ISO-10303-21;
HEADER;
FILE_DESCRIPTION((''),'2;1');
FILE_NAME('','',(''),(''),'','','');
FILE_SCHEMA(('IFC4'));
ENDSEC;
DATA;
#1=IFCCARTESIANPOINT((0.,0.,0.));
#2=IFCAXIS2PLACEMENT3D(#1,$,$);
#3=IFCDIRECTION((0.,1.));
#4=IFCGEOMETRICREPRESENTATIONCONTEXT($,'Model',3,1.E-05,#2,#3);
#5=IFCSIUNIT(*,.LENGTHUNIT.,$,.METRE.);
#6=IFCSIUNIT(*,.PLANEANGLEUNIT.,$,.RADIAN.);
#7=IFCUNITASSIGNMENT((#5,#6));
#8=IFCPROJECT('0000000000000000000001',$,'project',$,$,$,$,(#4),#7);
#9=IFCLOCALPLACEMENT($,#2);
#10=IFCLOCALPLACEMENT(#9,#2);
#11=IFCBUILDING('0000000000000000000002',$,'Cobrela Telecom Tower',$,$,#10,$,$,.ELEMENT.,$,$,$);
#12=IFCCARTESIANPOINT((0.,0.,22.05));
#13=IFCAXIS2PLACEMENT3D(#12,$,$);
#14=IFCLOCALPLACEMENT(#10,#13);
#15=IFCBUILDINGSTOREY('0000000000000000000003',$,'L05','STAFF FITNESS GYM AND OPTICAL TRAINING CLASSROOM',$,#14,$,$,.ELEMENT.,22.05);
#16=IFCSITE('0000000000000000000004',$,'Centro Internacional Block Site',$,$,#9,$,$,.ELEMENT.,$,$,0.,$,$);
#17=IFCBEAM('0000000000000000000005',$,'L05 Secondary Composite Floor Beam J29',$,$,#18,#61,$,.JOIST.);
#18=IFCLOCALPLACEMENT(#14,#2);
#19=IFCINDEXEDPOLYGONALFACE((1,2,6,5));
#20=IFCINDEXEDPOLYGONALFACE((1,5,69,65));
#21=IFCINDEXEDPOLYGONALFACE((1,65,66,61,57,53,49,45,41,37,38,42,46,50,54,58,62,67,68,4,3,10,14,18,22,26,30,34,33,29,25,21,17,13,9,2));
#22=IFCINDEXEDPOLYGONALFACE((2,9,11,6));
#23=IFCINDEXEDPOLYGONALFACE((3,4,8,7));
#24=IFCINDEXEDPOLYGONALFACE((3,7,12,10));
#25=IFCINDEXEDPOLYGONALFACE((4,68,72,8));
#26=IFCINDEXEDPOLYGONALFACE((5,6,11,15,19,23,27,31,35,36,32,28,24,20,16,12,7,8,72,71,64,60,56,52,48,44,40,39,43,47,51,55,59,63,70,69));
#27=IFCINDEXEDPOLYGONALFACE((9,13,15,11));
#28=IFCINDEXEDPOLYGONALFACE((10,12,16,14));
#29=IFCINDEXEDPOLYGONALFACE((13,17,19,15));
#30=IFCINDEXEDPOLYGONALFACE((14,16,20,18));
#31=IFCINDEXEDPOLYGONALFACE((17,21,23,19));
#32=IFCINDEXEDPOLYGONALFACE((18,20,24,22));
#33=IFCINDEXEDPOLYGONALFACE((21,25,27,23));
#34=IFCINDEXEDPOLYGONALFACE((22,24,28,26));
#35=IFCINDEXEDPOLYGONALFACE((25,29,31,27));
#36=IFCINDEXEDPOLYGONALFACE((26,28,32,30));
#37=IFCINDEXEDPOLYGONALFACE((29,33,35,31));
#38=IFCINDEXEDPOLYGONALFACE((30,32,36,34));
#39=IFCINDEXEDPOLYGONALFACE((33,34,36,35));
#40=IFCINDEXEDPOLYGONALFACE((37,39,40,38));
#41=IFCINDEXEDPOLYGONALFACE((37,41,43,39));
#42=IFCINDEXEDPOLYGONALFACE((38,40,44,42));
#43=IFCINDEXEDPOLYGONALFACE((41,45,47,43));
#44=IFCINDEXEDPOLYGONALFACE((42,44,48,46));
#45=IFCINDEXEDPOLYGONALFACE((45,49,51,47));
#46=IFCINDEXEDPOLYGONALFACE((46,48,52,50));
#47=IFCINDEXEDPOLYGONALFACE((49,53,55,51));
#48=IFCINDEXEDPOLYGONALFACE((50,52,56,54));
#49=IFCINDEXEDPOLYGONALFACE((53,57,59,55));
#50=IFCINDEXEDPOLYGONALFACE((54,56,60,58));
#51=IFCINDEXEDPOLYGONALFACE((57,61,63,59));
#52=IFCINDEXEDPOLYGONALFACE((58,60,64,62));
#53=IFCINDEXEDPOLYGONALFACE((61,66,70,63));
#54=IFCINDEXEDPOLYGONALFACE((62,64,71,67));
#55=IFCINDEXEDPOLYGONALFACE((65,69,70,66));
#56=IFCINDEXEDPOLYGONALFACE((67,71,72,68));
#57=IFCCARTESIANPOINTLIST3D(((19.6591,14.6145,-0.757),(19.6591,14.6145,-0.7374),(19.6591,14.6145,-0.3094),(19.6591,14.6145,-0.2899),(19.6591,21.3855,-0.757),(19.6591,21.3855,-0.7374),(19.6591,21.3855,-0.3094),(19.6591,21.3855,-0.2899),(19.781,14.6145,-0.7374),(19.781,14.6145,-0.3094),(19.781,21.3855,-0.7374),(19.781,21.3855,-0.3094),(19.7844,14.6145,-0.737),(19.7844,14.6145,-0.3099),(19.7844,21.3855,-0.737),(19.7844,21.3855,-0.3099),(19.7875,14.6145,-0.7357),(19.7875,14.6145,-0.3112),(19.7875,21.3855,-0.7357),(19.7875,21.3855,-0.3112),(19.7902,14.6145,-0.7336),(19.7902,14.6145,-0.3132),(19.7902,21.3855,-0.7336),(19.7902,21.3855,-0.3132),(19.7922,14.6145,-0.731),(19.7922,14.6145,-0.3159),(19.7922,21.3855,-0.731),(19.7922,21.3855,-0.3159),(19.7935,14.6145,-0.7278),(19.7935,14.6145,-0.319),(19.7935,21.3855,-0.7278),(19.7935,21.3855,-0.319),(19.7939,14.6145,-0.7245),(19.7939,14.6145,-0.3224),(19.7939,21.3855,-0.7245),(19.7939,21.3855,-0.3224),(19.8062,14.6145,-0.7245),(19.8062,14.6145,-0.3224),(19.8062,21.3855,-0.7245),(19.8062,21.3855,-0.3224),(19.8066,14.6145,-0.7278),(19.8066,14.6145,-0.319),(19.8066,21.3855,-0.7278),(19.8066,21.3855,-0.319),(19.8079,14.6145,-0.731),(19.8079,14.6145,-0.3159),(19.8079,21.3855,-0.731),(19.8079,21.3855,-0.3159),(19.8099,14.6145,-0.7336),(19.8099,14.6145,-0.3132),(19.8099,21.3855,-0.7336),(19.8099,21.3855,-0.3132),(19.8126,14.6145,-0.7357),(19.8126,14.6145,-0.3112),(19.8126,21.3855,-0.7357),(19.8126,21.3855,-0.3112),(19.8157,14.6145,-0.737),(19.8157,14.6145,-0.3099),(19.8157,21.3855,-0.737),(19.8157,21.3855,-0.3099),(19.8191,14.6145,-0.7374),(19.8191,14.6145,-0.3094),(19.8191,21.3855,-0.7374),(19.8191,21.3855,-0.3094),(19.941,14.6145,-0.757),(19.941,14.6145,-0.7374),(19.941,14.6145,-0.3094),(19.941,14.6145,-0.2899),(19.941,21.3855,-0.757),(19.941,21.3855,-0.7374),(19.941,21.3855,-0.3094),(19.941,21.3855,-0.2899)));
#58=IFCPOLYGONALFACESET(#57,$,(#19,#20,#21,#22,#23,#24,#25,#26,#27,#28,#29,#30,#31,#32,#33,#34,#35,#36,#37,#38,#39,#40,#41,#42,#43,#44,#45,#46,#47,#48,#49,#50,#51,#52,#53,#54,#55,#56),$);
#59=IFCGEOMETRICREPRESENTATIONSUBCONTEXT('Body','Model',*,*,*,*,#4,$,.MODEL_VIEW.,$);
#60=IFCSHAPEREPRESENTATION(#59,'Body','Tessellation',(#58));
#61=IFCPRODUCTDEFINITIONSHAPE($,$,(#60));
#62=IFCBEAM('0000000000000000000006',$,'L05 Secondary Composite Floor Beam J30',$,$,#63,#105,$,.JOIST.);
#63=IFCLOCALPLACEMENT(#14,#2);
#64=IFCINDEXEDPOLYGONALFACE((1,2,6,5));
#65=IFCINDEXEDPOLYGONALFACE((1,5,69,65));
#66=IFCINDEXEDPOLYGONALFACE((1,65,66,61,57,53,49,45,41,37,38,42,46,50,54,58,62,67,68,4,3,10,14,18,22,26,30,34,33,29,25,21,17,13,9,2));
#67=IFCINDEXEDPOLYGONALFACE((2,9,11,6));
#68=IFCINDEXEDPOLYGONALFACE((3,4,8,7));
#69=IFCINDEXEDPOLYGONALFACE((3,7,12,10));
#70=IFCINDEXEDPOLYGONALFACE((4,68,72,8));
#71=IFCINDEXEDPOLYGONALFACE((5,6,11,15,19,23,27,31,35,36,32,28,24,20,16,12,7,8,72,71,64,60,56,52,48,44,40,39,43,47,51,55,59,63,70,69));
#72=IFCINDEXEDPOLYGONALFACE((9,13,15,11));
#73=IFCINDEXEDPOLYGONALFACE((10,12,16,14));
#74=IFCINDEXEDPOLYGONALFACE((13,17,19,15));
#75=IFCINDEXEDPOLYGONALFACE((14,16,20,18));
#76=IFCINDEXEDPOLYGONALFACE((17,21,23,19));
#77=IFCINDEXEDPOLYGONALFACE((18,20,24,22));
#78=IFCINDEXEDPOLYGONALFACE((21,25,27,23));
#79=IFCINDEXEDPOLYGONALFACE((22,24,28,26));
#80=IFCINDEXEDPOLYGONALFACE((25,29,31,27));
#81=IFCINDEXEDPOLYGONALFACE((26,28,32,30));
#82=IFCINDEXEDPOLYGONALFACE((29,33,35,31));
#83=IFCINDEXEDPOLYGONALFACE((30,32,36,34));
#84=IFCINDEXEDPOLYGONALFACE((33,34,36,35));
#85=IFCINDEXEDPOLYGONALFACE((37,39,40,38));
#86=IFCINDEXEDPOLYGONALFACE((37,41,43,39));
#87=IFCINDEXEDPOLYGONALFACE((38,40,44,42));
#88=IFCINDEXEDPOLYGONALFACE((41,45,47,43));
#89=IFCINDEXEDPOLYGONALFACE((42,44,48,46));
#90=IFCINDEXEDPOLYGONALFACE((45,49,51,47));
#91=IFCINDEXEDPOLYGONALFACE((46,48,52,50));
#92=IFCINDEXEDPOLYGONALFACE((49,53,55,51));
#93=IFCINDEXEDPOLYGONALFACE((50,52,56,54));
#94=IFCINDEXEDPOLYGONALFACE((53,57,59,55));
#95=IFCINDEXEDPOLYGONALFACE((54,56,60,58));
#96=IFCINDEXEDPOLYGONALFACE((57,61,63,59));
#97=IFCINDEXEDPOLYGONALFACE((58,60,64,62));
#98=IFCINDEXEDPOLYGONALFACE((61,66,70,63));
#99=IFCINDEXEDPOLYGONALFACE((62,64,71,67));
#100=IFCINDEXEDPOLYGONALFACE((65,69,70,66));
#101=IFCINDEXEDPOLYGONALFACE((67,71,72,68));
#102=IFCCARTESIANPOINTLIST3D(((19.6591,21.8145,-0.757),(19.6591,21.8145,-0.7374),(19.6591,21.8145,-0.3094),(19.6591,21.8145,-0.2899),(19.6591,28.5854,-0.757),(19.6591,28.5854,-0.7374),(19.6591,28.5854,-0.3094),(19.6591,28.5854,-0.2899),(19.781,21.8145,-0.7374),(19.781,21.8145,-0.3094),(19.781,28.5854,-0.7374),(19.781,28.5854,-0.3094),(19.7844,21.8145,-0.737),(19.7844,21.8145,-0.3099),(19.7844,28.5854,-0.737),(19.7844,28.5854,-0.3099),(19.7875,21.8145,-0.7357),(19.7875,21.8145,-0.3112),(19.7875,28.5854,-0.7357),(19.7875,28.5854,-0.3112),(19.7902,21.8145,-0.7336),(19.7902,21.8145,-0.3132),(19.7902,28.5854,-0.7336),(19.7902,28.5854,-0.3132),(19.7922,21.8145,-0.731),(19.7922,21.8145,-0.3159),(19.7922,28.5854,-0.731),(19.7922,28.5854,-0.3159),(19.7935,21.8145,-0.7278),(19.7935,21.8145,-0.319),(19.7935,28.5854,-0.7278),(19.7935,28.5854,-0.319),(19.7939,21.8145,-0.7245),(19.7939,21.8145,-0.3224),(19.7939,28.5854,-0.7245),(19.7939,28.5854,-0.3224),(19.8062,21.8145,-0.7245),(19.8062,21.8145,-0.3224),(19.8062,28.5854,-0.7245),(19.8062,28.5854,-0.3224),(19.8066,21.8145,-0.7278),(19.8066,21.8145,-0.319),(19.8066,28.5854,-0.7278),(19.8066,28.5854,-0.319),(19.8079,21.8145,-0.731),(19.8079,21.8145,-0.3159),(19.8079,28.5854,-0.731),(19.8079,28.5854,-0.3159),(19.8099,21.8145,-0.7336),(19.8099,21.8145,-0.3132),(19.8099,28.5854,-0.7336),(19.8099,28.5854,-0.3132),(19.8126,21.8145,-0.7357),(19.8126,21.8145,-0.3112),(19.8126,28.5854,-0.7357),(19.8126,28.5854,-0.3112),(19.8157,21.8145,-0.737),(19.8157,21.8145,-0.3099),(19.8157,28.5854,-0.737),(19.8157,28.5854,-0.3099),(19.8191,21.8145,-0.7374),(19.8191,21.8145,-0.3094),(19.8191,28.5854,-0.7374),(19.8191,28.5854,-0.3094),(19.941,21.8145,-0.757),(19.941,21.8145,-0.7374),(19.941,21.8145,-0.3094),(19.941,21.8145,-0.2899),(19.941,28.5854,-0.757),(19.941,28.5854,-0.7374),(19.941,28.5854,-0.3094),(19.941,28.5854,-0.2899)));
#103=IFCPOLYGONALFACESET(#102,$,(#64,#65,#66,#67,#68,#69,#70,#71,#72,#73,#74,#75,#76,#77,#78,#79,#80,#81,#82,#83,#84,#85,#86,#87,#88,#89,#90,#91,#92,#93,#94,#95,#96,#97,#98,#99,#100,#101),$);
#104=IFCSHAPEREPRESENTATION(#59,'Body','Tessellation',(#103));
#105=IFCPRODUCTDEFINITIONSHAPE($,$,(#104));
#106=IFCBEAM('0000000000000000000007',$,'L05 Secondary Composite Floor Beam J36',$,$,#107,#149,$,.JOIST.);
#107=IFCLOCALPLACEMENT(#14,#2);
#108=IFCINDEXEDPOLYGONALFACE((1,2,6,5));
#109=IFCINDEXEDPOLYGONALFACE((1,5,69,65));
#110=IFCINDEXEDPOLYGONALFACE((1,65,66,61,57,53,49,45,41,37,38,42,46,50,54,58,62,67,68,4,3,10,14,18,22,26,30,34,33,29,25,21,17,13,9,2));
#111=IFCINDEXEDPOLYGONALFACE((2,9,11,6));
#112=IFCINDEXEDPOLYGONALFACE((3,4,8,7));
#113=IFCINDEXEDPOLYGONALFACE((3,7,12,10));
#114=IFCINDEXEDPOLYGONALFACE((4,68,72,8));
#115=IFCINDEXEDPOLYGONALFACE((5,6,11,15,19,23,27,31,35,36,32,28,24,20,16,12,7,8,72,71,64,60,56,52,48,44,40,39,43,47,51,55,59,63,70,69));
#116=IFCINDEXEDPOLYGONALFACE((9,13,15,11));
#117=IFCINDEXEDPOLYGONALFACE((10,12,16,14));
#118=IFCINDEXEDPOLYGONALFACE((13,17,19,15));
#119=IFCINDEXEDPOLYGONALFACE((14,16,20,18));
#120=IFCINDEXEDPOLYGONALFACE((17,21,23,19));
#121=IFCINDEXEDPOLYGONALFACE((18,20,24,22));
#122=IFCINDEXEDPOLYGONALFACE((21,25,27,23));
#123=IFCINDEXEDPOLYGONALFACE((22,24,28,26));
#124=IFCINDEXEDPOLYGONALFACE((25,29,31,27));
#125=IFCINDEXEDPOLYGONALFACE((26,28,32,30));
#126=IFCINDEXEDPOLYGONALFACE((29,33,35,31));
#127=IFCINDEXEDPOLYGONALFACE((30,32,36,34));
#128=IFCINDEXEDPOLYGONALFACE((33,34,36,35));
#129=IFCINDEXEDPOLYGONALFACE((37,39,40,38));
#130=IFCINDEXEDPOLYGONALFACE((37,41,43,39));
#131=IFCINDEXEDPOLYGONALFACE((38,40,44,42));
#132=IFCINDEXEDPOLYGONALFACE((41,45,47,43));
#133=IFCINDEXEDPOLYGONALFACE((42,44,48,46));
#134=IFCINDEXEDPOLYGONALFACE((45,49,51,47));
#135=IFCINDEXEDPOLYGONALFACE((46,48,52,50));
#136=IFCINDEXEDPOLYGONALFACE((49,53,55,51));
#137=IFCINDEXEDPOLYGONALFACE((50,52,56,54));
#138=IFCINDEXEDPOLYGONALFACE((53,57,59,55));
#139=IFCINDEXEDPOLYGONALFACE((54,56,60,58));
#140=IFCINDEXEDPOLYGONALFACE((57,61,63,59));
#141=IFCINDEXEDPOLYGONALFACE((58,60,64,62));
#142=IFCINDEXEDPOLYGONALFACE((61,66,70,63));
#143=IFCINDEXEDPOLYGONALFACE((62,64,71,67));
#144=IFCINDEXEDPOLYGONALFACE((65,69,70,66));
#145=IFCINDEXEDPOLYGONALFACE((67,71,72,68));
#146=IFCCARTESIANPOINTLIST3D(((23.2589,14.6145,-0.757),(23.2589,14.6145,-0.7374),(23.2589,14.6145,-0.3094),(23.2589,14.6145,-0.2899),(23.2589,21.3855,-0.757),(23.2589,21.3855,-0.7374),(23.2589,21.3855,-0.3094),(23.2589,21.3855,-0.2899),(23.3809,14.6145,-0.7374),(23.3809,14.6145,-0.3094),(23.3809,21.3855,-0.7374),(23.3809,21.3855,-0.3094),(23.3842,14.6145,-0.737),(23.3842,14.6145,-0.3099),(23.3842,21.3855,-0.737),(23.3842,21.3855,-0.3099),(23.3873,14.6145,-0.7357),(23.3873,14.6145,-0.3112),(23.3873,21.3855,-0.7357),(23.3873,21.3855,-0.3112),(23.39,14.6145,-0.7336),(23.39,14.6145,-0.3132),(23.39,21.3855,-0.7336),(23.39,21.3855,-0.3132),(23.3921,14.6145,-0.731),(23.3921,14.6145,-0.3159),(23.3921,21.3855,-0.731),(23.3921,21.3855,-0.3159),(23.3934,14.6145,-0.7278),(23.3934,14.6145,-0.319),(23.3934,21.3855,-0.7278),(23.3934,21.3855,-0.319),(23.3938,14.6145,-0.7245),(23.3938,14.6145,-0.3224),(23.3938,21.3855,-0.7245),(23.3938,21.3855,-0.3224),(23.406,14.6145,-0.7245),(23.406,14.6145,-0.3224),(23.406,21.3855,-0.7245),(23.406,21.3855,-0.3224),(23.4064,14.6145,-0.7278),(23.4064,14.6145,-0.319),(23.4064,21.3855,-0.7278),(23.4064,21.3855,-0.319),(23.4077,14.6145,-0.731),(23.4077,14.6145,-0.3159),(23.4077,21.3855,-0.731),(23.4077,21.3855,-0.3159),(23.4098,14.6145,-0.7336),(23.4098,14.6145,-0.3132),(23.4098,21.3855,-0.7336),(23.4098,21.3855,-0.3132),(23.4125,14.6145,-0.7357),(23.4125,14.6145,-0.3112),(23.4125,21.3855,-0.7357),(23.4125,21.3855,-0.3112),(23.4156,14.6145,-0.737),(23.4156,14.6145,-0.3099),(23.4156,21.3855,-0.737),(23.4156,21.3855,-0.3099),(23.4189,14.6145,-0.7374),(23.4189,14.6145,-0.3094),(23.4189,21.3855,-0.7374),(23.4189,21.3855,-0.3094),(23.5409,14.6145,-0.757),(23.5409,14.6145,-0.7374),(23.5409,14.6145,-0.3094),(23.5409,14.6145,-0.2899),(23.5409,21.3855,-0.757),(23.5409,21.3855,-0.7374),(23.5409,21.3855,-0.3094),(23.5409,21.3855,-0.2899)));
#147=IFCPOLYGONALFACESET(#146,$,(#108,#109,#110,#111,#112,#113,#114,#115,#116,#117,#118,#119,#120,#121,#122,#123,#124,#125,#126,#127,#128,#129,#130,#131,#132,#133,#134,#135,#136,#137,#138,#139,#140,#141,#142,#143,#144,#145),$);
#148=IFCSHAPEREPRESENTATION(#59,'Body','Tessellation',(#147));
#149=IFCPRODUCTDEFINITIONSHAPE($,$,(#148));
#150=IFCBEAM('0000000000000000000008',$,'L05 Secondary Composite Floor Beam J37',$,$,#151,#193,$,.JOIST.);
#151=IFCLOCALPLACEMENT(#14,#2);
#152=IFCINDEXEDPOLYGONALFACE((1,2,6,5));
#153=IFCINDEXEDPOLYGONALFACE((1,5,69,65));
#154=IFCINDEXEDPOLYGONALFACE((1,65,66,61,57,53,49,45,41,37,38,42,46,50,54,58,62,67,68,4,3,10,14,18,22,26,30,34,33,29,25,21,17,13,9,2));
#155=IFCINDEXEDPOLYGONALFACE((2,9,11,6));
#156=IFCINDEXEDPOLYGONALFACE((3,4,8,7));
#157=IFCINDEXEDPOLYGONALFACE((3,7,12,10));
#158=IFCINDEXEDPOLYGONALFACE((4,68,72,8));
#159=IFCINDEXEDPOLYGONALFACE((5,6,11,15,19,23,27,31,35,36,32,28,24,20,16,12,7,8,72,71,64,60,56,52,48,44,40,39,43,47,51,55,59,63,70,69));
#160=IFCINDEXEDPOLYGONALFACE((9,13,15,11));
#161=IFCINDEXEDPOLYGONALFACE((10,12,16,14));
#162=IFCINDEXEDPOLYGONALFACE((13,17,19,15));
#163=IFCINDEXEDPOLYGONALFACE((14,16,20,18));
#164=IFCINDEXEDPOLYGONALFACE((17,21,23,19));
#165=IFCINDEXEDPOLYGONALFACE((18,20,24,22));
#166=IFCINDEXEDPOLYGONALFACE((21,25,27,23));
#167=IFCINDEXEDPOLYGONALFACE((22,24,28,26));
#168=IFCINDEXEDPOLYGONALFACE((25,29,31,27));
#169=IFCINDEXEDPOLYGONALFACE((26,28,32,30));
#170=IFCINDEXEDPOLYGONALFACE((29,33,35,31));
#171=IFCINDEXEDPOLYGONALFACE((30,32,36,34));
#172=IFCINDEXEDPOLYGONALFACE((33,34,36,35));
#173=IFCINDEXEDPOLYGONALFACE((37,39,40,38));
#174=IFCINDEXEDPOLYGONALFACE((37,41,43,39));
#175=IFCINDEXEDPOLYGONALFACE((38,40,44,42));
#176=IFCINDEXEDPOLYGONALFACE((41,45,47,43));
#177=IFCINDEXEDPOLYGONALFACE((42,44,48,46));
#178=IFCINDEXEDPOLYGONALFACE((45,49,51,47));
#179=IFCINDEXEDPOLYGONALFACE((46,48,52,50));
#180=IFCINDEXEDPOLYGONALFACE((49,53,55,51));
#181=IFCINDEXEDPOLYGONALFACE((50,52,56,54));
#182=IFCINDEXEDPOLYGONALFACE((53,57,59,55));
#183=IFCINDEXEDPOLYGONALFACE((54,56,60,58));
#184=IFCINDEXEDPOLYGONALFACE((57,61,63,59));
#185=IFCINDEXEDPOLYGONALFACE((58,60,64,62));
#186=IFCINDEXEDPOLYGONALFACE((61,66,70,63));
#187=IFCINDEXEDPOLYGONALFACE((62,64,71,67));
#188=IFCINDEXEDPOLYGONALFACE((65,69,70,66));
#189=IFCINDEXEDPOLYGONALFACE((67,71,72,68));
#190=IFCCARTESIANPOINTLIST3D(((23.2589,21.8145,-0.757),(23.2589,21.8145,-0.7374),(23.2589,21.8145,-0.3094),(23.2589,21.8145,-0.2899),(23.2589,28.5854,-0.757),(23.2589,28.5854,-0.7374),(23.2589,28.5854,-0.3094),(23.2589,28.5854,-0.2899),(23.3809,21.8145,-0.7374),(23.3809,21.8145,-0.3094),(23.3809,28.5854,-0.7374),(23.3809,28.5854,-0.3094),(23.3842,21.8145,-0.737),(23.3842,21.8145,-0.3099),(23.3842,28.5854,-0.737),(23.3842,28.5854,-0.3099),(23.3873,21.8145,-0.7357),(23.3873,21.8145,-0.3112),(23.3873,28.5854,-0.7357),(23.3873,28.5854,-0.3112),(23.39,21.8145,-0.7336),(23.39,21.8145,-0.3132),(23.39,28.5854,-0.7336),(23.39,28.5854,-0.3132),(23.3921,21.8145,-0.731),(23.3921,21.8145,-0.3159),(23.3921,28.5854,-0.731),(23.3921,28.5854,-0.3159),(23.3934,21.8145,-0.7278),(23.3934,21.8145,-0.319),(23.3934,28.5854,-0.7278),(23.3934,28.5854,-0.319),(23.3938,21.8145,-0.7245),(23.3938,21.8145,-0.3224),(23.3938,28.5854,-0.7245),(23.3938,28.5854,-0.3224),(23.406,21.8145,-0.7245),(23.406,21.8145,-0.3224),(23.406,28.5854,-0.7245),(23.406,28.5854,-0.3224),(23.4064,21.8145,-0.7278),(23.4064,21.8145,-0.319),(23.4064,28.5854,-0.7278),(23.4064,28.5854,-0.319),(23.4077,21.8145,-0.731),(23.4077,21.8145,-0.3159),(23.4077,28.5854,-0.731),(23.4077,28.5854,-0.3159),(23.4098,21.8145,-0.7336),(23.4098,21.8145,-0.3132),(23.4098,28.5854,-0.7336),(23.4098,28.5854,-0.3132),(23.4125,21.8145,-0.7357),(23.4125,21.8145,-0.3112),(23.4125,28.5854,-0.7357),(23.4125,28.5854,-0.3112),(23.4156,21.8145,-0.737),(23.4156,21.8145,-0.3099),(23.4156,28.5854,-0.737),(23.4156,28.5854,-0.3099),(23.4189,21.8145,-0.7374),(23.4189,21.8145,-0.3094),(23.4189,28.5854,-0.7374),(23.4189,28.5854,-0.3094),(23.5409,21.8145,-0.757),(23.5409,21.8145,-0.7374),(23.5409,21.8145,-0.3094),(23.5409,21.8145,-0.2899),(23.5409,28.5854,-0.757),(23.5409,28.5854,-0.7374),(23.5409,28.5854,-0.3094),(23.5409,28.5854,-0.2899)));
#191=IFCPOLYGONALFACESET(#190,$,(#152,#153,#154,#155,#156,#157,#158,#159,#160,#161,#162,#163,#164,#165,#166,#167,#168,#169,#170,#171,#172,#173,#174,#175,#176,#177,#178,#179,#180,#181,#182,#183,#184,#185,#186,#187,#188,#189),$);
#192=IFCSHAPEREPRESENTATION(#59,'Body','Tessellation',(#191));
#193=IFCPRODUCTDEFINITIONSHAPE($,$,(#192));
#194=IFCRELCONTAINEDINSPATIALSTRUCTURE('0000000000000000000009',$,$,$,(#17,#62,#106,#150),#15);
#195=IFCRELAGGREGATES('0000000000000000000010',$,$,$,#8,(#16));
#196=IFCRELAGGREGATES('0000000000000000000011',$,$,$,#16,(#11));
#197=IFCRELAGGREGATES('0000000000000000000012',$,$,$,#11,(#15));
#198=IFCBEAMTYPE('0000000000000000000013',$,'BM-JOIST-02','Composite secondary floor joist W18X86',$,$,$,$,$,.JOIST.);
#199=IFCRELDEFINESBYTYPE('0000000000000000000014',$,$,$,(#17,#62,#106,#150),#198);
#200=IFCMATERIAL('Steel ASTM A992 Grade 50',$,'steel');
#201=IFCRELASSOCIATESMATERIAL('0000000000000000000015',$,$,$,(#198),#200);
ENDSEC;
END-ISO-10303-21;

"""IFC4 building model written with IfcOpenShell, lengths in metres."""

from ifc_helpers import new_model, si_unit, direction, frame, origin, origin_2d, place, context, subcontext, project, spatial, i_section, extrude, material, material_profile, profile_set, type_object, element, save


model = new_model("IFC4")

# Units and contexts
model_context = context("Model", 3, precision=1e-05, world=origin(), true_north=direction((0.0, 1.0)))
body_context = subcontext(model_context, "Body", "Model", "MODEL_VIEW")
ifc_project = project(units=[si_unit("LENGTHUNIT", "METRE"), si_unit("PLANEANGLEUNIT", "RADIAN")], contexts=[model_context])

# Site, building, storey
site_placement = place(None, origin())
site = spatial("IfcSite", under=ifc_project, at=site_placement, Name="Centro Internacional Block Site", CompositionType="ELEMENT", RefElevation=0.0)
building_placement = place(site_placement, origin())
building = spatial("IfcBuilding", under=site, at=building_placement, Name="Cobrela Telecom Tower", CompositionType="ELEMENT")
storey_placement = place(building_placement, frame((0.0, 0.0, 22.05)))
storey = spatial("IfcBuildingStorey", under=building, at=storey_placement, Name="L05", Description="STAFF FITNESS GYM AND OPTICAL TRAINING CLASSROOM", CompositionType="ELEMENT", Elevation=22.05)

# Beams
ifc_material_1 = material(Name="Steel ASTM A992 Grade 50", Category="steel")
ifc_material_profile_1 = material_profile(ifc_material_1, i_section(OverallWidth=0.282, OverallDepth=0.467, WebThickness=0.0122, FlangeThickness=0.0195, FilletRadius=0.0129, at=origin_2d()), Name="W18X86")
ifc_profile_set_1 = profile_set([ifc_material_profile_1], Name="Steel ASTM A992 Grade 50")
beam_type_1 = type_object("IfcBeamType", Name="BM-JOIST-02", Description="Composite secondary floor joist W18X86", PredefinedType="JOIST", material=ifc_profile_set_1)
for number, where, z_axis, x_axis, name in (
    (1, (19.8, 14.6145, -0.5234), (0.0, 1.0, 0.0), (-1.0, 0.0, 0.0), "L05 Secondary Composite Floor Beam J29"),
    (2, (19.8, 21.8145, -0.5234), (0.0, 1.0, 0.0), (-1.0, 0.0, 0.0), "L05 Secondary Composite Floor Beam J30"),
    (3, (23.3999, 14.6145, -0.5234), (0.0, 1.0, 0.0), (-1.0, 0.0, 0.0), "L05 Secondary Composite Floor Beam J36"),
    (4, (23.3999, 21.8145, -0.5234), (0.0, 1.0, 0.0), (-1.0, 0.0, 0.0), "L05 Secondary Composite Floor Beam J37"),
):
    element("IfcBeam", number, at=place(storey_placement, frame(where, z_axis=z_axis, x_axis=x_axis)), inside=storey, type_object=beam_type_1, Name=name, PredefinedType="JOIST", context=body_context, shape_type="SweptSolid", body=[
        extrude(i_section(OverallWidth=0.282, OverallDepth=0.467, WebThickness=0.0122, FlangeThickness=0.0195, FilletRadius=0.0129, at=origin_2d()), origin(), (0.0, 0.0, 1.0), 6.771),
    ])

save(model, "model.ifc")
